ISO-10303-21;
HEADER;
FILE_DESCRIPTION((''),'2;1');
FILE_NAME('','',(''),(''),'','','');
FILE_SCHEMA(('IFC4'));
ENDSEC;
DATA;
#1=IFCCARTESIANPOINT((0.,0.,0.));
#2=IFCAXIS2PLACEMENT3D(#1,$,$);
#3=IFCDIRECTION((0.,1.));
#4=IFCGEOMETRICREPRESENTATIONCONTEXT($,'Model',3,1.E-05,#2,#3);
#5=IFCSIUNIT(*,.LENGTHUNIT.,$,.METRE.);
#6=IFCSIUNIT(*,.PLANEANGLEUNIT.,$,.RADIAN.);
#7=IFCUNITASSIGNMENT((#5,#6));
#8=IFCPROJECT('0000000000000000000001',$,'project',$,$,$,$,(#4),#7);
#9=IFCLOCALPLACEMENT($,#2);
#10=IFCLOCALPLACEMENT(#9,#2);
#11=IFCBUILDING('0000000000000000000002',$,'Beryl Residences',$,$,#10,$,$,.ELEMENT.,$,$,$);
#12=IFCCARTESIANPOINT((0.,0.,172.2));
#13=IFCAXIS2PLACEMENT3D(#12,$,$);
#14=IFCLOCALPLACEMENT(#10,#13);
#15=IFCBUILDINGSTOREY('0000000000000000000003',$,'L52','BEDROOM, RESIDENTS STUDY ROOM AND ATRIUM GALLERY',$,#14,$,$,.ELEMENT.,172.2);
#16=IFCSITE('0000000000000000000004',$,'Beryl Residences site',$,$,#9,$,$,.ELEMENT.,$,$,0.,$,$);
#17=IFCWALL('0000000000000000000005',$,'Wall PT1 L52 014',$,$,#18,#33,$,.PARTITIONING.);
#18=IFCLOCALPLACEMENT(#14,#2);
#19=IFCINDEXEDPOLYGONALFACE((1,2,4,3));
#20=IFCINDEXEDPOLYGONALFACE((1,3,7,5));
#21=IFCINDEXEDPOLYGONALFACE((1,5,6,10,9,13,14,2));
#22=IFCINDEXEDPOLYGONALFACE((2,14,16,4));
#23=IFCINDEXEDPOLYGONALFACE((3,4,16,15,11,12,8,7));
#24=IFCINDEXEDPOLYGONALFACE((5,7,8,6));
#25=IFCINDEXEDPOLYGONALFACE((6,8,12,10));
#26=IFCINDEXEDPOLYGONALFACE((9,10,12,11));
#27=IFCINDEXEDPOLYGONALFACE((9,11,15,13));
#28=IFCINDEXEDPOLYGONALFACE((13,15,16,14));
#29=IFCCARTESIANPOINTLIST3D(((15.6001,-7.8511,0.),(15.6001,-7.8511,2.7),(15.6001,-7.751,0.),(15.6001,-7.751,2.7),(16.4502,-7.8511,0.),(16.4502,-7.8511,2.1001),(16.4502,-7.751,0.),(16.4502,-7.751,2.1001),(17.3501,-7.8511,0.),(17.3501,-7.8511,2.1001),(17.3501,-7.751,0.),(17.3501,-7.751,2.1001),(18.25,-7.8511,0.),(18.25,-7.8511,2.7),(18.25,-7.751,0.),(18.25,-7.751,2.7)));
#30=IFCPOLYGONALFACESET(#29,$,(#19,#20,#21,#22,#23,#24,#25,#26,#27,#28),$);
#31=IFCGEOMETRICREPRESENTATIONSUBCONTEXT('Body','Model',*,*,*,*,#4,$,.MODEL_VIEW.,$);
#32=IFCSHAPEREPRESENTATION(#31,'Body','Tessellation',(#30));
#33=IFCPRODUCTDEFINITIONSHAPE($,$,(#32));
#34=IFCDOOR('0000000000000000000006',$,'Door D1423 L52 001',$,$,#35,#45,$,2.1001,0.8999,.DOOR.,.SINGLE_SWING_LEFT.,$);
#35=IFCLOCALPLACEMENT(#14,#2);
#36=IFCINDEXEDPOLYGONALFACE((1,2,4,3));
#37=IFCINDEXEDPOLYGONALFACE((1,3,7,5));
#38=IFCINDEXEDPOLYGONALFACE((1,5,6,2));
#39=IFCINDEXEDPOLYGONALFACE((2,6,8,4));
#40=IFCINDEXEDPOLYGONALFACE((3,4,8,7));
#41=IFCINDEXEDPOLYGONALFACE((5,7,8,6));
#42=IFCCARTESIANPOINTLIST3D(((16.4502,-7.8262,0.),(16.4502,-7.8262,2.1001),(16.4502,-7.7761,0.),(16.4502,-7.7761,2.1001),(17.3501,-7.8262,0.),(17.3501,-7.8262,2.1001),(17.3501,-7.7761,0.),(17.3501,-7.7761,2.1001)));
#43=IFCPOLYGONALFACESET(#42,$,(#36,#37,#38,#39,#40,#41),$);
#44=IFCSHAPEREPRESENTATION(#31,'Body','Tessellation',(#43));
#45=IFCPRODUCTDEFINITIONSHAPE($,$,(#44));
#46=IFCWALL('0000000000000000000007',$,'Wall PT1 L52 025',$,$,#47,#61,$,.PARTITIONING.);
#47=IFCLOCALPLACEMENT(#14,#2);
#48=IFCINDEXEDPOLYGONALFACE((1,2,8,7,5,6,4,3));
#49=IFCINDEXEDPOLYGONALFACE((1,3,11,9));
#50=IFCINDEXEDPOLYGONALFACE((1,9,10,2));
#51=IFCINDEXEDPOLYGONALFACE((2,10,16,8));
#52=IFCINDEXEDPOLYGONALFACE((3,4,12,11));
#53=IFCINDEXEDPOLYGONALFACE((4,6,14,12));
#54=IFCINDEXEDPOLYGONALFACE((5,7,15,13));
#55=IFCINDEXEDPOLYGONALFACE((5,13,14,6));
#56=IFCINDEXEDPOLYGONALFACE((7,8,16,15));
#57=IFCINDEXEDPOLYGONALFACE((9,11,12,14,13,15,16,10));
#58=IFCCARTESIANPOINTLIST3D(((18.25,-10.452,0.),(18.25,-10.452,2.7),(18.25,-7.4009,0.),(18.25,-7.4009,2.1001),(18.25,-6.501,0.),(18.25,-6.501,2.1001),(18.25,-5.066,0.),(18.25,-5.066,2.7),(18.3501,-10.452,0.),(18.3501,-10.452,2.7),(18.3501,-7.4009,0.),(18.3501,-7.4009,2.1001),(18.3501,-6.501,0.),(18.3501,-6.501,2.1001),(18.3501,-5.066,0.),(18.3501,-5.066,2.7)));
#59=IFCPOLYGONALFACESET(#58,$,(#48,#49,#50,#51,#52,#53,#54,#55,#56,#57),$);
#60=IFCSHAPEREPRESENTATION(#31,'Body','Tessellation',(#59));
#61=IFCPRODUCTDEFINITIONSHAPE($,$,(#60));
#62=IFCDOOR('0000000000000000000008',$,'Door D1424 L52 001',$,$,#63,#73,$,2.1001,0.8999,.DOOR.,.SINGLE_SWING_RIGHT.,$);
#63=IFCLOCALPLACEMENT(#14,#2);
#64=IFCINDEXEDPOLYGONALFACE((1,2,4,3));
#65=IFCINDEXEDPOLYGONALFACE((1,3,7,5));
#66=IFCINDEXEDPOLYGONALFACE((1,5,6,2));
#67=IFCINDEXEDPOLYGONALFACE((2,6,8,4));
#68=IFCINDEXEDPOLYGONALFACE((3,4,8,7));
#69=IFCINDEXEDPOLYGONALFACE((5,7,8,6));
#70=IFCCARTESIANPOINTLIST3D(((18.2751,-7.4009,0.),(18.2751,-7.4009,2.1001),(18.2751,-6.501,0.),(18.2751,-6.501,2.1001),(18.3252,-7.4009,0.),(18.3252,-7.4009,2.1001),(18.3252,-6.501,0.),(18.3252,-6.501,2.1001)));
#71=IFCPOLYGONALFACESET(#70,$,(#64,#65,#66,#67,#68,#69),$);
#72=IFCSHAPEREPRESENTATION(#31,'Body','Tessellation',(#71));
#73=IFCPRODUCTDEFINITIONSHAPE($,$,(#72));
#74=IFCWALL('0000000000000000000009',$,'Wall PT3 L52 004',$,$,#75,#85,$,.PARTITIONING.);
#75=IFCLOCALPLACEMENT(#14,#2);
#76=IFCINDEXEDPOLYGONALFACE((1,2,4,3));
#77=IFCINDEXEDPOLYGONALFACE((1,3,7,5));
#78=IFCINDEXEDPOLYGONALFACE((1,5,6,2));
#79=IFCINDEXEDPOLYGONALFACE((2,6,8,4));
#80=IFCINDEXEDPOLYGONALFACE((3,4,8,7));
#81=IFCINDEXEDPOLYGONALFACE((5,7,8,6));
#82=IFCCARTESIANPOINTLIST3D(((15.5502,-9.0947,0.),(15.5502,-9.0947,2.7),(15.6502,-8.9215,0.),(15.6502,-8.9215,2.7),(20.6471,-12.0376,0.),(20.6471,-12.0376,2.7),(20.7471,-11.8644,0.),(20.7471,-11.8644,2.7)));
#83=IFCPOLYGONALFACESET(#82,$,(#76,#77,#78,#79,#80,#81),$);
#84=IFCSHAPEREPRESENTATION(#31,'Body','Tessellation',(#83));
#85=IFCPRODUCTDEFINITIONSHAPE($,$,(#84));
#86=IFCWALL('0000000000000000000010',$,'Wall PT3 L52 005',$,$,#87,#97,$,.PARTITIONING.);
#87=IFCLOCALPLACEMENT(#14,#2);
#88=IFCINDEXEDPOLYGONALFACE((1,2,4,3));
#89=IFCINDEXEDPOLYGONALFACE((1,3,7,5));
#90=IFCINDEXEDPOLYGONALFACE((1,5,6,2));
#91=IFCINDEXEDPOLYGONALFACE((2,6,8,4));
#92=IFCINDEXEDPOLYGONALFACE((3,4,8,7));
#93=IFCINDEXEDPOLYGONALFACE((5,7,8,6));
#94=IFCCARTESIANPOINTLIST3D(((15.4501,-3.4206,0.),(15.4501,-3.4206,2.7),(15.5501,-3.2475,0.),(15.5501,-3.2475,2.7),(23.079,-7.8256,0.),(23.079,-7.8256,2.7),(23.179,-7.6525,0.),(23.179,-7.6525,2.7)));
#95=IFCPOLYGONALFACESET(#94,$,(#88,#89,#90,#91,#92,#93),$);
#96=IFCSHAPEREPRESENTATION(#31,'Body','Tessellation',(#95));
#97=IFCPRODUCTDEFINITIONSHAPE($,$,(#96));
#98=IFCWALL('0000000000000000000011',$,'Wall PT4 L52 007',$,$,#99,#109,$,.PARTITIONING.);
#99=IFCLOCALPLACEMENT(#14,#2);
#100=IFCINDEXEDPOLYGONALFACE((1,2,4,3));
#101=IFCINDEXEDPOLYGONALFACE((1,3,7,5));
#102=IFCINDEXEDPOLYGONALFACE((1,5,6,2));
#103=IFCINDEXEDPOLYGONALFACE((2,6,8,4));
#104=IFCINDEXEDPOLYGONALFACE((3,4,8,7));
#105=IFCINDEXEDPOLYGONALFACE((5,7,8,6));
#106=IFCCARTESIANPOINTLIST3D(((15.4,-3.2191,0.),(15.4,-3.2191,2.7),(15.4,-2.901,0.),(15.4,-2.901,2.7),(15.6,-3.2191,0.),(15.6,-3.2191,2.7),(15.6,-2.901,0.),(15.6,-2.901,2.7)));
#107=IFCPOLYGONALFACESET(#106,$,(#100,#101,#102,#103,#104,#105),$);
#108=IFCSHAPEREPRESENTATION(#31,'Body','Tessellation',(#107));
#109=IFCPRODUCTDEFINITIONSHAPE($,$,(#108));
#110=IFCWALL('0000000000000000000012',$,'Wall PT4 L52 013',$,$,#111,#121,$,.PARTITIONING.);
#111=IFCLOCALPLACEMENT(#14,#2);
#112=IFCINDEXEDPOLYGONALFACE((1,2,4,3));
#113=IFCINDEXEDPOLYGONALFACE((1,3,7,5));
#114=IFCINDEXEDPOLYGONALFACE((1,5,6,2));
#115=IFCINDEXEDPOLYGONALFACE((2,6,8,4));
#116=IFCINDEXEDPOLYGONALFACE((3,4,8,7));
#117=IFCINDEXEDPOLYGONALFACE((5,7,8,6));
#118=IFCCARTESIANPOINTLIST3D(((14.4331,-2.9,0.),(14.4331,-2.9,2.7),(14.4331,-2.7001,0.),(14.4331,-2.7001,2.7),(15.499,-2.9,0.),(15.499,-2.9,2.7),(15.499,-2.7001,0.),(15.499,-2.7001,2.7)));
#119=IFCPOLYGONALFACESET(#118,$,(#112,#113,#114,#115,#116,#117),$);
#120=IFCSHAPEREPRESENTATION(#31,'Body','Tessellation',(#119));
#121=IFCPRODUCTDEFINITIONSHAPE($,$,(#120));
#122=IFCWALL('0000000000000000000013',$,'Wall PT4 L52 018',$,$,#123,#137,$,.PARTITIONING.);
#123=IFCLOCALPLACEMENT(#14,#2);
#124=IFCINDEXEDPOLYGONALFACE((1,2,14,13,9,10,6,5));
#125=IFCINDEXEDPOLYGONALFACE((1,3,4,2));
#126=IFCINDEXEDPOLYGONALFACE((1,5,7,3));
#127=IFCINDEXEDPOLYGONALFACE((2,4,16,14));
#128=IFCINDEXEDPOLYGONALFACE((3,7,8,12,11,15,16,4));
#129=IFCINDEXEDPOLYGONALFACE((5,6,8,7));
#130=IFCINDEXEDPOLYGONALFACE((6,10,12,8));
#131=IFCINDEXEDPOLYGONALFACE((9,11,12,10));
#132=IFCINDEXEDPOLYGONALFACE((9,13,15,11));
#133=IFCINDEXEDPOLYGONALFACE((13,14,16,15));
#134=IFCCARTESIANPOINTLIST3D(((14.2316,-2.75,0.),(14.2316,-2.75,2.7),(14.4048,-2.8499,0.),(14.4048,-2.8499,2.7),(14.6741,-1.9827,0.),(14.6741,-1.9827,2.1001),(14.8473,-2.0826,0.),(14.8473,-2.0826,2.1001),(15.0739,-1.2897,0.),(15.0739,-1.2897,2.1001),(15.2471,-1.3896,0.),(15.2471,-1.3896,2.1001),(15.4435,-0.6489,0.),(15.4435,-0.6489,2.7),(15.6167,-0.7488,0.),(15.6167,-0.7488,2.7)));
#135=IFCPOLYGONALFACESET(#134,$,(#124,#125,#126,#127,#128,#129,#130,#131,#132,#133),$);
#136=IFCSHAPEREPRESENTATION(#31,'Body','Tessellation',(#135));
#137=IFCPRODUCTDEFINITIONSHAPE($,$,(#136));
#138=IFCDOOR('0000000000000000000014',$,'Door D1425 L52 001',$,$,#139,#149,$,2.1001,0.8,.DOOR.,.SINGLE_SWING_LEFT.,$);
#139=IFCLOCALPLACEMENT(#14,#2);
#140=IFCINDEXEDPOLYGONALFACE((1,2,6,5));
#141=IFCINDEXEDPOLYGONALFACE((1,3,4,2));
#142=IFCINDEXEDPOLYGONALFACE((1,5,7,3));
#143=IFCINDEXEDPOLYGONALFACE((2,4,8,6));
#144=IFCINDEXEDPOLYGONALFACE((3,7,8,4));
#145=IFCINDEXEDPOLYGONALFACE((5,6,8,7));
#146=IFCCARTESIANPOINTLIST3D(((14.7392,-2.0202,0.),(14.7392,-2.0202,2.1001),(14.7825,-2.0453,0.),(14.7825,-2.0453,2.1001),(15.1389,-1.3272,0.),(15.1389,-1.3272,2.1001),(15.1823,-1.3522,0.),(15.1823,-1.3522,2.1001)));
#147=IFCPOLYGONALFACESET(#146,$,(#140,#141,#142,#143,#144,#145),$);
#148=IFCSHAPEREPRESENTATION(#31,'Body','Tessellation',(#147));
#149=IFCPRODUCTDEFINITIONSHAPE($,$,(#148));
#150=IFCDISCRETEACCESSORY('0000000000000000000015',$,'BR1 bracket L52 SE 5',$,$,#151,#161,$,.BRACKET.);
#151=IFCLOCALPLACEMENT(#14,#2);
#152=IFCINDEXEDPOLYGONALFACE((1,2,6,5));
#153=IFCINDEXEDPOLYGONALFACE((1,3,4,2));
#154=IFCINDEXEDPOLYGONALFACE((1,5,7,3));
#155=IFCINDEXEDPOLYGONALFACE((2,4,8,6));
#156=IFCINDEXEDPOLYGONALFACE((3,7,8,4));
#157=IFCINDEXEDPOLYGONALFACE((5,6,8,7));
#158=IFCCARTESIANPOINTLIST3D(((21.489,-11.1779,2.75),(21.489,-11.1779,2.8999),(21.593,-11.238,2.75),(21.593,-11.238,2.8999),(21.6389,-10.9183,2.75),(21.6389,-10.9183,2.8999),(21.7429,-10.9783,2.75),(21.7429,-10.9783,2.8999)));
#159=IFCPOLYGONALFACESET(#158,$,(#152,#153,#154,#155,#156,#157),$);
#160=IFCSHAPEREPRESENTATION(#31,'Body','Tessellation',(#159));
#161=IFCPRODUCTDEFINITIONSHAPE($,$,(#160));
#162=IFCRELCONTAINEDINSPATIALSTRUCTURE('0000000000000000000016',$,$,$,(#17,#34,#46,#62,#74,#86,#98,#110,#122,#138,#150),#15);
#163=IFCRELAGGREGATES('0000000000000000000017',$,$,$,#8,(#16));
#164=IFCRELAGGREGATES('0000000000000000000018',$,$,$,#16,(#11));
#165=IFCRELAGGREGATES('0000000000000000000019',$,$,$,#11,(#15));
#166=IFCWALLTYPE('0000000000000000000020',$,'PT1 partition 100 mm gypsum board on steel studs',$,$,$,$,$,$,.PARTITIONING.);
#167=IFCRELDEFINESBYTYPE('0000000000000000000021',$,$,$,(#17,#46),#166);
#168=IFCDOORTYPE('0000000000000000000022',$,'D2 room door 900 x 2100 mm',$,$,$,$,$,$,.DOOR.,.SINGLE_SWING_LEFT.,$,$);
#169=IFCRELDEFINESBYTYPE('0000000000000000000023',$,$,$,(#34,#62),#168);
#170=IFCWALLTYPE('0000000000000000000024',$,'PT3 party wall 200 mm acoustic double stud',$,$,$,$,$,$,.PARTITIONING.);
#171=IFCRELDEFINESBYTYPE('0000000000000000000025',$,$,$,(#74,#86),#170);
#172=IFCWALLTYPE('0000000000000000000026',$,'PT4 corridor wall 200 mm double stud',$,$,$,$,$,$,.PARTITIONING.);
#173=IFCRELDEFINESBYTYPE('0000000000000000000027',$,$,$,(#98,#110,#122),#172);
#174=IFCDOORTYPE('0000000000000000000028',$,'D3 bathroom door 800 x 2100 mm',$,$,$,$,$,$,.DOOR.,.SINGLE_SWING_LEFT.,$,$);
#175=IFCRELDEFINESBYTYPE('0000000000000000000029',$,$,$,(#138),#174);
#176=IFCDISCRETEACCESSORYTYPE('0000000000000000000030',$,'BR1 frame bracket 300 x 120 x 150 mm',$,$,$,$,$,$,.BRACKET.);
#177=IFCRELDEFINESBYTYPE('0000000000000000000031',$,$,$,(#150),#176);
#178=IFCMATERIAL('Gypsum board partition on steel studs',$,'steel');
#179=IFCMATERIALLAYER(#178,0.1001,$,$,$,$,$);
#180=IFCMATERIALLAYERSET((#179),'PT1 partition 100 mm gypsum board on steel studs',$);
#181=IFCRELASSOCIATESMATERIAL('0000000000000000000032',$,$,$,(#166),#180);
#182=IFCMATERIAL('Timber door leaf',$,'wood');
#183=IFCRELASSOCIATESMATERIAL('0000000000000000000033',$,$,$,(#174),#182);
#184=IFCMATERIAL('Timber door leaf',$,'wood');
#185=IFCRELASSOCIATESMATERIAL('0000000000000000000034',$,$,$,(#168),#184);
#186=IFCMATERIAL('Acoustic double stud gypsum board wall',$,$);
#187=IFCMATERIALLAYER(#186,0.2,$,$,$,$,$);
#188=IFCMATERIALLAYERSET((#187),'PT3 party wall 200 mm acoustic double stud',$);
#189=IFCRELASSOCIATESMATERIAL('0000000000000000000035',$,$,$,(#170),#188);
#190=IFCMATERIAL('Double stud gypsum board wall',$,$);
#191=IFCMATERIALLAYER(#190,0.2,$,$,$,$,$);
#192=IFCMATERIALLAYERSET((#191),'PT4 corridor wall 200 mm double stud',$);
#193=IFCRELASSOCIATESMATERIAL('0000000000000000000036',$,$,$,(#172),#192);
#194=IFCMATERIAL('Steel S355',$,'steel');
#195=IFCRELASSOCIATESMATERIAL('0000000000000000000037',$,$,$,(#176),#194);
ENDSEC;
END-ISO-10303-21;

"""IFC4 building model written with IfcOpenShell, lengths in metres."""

from ifc_helpers import new_model, si_unit, direction, frame, frame_2d, origin, place, context, subcontext, project, spatial, polyline, rectangle, outline, extrude, source, transform, mapped, material, layer, layer_set, type_object, type_shapes, element, fill, save


model = new_model("IFC4")

# Units and contexts
model_context = context("Model", 3, precision=1e-05, world=origin(), true_north=direction((0.0, 1.0)))
body_context = subcontext(model_context, "Body", "Model", "MODEL_VIEW")
ifc_project = project(units=[si_unit("LENGTHUNIT", "METRE"), si_unit("PLANEANGLEUNIT", "RADIAN")], contexts=[model_context])

# Site, building, storey
site_placement = place(None, origin())
site = spatial("IfcSite", under=ifc_project, at=site_placement, Name="Beryl Residences site", CompositionType="ELEMENT", RefElevation=0.0)
building_placement = place(site_placement, origin())
building = spatial("IfcBuilding", under=site, at=building_placement, Name="Beryl Residences", CompositionType="ELEMENT")
storey_placement = place(building_placement, frame((0.0, 0.0, 172.2)))
storey = spatial("IfcBuildingStorey", under=building, at=storey_placement, Name="L52", Description="BEDROOM, RESIDENTS STUDY ROOM AND ATRIUM GALLERY", CompositionType="ELEMENT", Elevation=172.2)

# Walls, openings, doors
ifc_material_1 = material(Name="Gypsum board partition on steel studs", Category="steel")
ifc_layer_1 = layer(ifc_material_1, 0.1001)
ifc_layer_set_1 = layer_set([ifc_layer_1], Name="PT1 partition 100 mm gypsum board on steel studs")
wall_type_1 = type_object("IfcWallType", Name="PT1 partition 100 mm gypsum board on steel studs", PredefinedType="PARTITIONING", material=ifc_layer_set_1)
ifc_material_2 = material(Name="Timber door leaf", Category="wood")
door_type_1 = type_object("IfcDoorType", Name="D3 bathroom door 800 x 2100 mm", OperationType="SINGLE_SWING_LEFT", PredefinedType="DOOR", material=ifc_material_2)
wall_1_placement = place(storey_placement, frame((15.6001, -7.801, 0.0), z_axis=(0.0, 0.0, 1.0), x_axis=(1.0, 0.0, 0.0)))
wall_1 = element("IfcWall", 1, at=wall_1_placement, inside=storey, type_object=wall_type_1, Name="Wall PT1 L52 014", PredefinedType="PARTITIONING", context=body_context, shape_type="SweptSolid", body=[
    extrude(rectangle(XDim=2.6499, YDim=0.1001, at=frame_2d((1.325, 0.0))), origin(), (0.0, 0.0, 1.0), 2.7),
])
opening_1_placement = place(wall_1_placement, frame((0.8501, 0.0, 0.0)))
opening_1 = element("IfcOpeningElement", 2, at=opening_1_placement, cuts=wall_1, PredefinedType="OPENING", context=body_context, shape_type="SweptSolid", body=[
    extrude(rectangle(XDim=0.8999, YDim=2.1001, at=frame_2d((0.45, 1.05))), frame((0.0, 0.0601, 0.0), z_axis=(0.0, -1.0, 0.0), x_axis=(1.0, 0.0, 0.0)), (0.0, 0.0, 1.0), 0.1201),
])
ifc_material_3 = material(Name="Timber door leaf", Category="wood")
door_type_2 = type_object("IfcDoorType", Name="D2 room door 900 x 2100 mm", OperationType="SINGLE_SWING_LEFT", PredefinedType="DOOR", material=ifc_material_3)
door_1_placement = place(opening_1_placement, origin())
door_1 = element("IfcDoor", 3, at=door_1_placement, inside=storey, type_object=door_type_2, Name="Door D1423 L52 001", OperationType="SINGLE_SWING_LEFT", OverallHeight=2.1001, OverallWidth=0.8999, PredefinedType="DOOR", context=body_context, shape_type="SweptSolid", body=[
    extrude(rectangle(XDim=0.8999, YDim=2.1001, at=frame_2d((0.45, 1.05))), frame((0.0, 0.0249, 0.0), z_axis=(0.0, -1.0, 0.0), x_axis=(1.0, 0.0, 0.0)), (0.0, 0.0, 1.0), 0.05),
])
fill(opening_1, door_1)
wall_2_placement = place(storey_placement, frame((18.3, -10.4519, 0.0), z_axis=(0.0, 0.0, 1.0), x_axis=(0.0, 1.0, 0.0)))
wall_2 = element("IfcWall", 4, at=wall_2_placement, inside=storey, type_object=wall_type_1, Name="Wall PT1 L52 025", PredefinedType="PARTITIONING", context=body_context, shape_type="SweptSolid", body=[
    extrude(rectangle(XDim=5.386, YDim=0.1001, at=frame_2d((2.6929, 0.0))), origin(), (0.0, 0.0, 1.0), 2.7),
])
opening_2_placement = place(wall_2_placement, frame((3.051, 0.0, 0.0)))
opening_2 = element("IfcOpeningElement", 5, at=opening_2_placement, cuts=wall_2, PredefinedType="OPENING", context=body_context, shape_type="SweptSolid", body=[
    extrude(rectangle(XDim=0.8999, YDim=2.1001, at=frame_2d((0.45, 1.05))), frame((0.0, 0.0601, 0.0), z_axis=(0.0, -1.0, 0.0), x_axis=(1.0, 0.0, 0.0)), (0.0, 0.0, 1.0), 0.1201),
])
door_2_placement = place(opening_2_placement, origin())
door_2 = element("IfcDoor", 6, at=door_2_placement, inside=storey, type_object=door_type_2, Name="Door D1424 L52 001", OperationType="SINGLE_SWING_RIGHT", OverallHeight=2.1001, OverallWidth=0.8999, PredefinedType="DOOR", context=body_context, shape_type="SweptSolid", body=[
    extrude(rectangle(XDim=0.8999, YDim=2.1001, at=frame_2d((0.45, 1.05))), frame((0.0, 0.0249, 0.0), z_axis=(0.0, -1.0, 0.0), x_axis=(1.0, 0.0, 0.0)), (0.0, 0.0, 1.0), 0.05),
])
fill(opening_2, door_2)

# Walls
ifc_material_4 = material(Name="Acoustic double stud gypsum board wall")
ifc_layer_2 = layer(ifc_material_4, 0.2)
ifc_layer_set_2 = layer_set([ifc_layer_2], Name="PT3 party wall 200 mm acoustic double stud")
wall_type_2 = type_object("IfcWallType", Name="PT3 party wall 200 mm acoustic double stud", PredefinedType="PARTITIONING", material=ifc_layer_set_2)
wall_3_placement = place(storey_placement, frame((15.6001, -9.0081, 0.0), z_axis=(0.0, 0.0, 1.0), x_axis=(0.866014, -0.50002, 0.0)))
element("IfcWall", 7, at=wall_3_placement, inside=storey, type_object=wall_type_2, Name="Wall PT3 L52 004", PredefinedType="PARTITIONING", context=body_context, shape_type="SweptSolid", body=[
    extrude(rectangle(XDim=5.8855, YDim=0.2, at=frame_2d((2.9429, 0.0))), origin(), (0.0, 0.0, 1.0), 2.7),
])
wall_4_placement = place(storey_placement, frame((15.5, -3.334, 0.0), z_axis=(0.0, 0.0, 1.0), x_axis=(0.866002, -0.500041, 0.0)))
element("IfcWall", 8, at=wall_4_placement, inside=storey, type_object=wall_type_2, Name="Wall PT3 L52 005", PredefinedType="PARTITIONING", context=body_context, shape_type="SweptSolid", body=[
    extrude(rectangle(XDim=8.8093, YDim=0.2, at=frame_2d((4.4048, 0.0))), origin(), (0.0, 0.0, 1.0), 2.7),
])
ifc_material_5 = material(Name="Double stud gypsum board wall")
ifc_layer_3 = layer(ifc_material_5, 0.2)
ifc_layer_set_3 = layer_set([ifc_layer_3], Name="PT4 corridor wall 200 mm double stud")
wall_type_3 = type_object("IfcWallType", Name="PT4 corridor wall 200 mm double stud", PredefinedType="PARTITIONING", material=ifc_layer_set_3)
wall_5_placement = place(storey_placement, frame((15.5, -2.9009, 0.0), z_axis=(0.0, 0.0, 1.0), x_axis=(0.0, -1.0, 0.0)))
element("IfcWall", 9, at=wall_5_placement, inside=storey, type_object=wall_type_3, Name="Wall PT4 L52 007", PredefinedType="PARTITIONING", context=body_context, shape_type="SweptSolid", body=[
    extrude(rectangle(XDim=0.3181, YDim=0.2, at=frame_2d((0.1592, 0.0))), origin(), (0.0, 0.0, 1.0), 2.7),
])
wall_6_placement = place(storey_placement, frame((14.4331, -2.8, 0.0), z_axis=(0.0, 0.0, 1.0), x_axis=(1.0, 0.0, 0.0)))
element("IfcWall", 10, at=wall_6_placement, inside=storey, type_object=wall_type_3, Name="Wall PT4 L52 013", PredefinedType="PARTITIONING", context=body_context, shape_type="SweptSolid", body=[
    extrude(rectangle(XDim=1.0659, YDim=0.2, at=frame_2d((0.533, 0.0))), origin(), (0.0, 0.0, 1.0), 2.7),
])

# Wall, opening, door
wall_7_placement = place(storey_placement, frame((14.3181, -2.8, 0.0), z_axis=(0.0, 0.0, 1.0), x_axis=(0.499647, 0.866229, 0.0)))
wall_7 = element("IfcWall", 11, at=wall_7_placement, inside=storey, type_object=wall_type_3, Name="Wall PT4 L52 018", PredefinedType="PARTITIONING", context=body_context, shape_type="SweptSolid", body=[
    extrude(rectangle(XDim=2.4255, YDim=0.2, at=frame_2d((1.2129, 0.0))), origin(), (0.0, 0.0, 1.0), 2.7),
])
opening_3_placement = place(wall_7_placement, frame((0.886, 0.0, 0.0)))
opening_3 = element("IfcOpeningElement", 12, at=opening_3_placement, cuts=wall_7, PredefinedType="OPENING", context=body_context, shape_type="SweptSolid", body=[
    extrude(rectangle(XDim=0.8, YDim=2.1001, at=frame_2d((0.3999, 1.05))), frame((0.0, 0.1099, 0.0), z_axis=(0.0, -1.0, 0.0), x_axis=(1.0, 0.0, 0.0)), (0.0, 0.0, 1.0), 0.22),
])
door_3_placement = place(opening_3_placement, origin())
door_3 = element("IfcDoor", 13, at=door_3_placement, inside=storey, type_object=door_type_1, Name="Door D1425 L52 001", OperationType="SINGLE_SWING_LEFT", OverallHeight=2.1001, OverallWidth=0.8, PredefinedType="DOOR", context=body_context, shape_type="SweptSolid", body=[
    extrude(rectangle(XDim=0.8, YDim=2.1001, at=frame_2d((0.3999, 1.05))), frame((0.0, 0.0249, 0.0), z_axis=(0.0, -1.0, 0.0), x_axis=(1.0, 0.0, 0.0)), (0.0, 0.0, 1.0), 0.05),
])
fill(opening_3, door_3)

# Discrete accessory
ifc_material_6 = material(Name="Steel S355", Category="steel")
discrete_accessory_type = type_object("IfcDiscreteAccessoryType", Name="BR1 frame bracket 300 x 120 x 150 mm", PredefinedType="BRACKET", material=ifc_material_6)
shared_shape_1 = source(origin(), body_context, "Body", "SweptSolid", [
    extrude(outline(polyline([(-0.1499, 0.0), (0.1499, 0.0), (0.1499, 0.1201), (-0.1499, 0.1201), (-0.1499, 0.0)])), origin(), (0.0, 0.0, 1.0), 0.1499),
])
type_shapes(discrete_accessory_type, [shared_shape_1])
discrete_accessory_placement = place(storey_placement, frame((21.564, -11.0481, 2.75), z_axis=(0.0, 0.0, 1.0), x_axis=(-0.5, -0.866025, 0.0)))
element("IfcDiscreteAccessory", 14, at=discrete_accessory_placement, inside=storey, type_object=discrete_accessory_type, Name="BR1 bracket L52 SE 5", PredefinedType="BRACKET", context=body_context, shape_type="MappedRepresentation", body=[
    mapped(shared_shape_1, transform((0.0, 0.0, 0.0))),
])

save(model, "model.ifc")
